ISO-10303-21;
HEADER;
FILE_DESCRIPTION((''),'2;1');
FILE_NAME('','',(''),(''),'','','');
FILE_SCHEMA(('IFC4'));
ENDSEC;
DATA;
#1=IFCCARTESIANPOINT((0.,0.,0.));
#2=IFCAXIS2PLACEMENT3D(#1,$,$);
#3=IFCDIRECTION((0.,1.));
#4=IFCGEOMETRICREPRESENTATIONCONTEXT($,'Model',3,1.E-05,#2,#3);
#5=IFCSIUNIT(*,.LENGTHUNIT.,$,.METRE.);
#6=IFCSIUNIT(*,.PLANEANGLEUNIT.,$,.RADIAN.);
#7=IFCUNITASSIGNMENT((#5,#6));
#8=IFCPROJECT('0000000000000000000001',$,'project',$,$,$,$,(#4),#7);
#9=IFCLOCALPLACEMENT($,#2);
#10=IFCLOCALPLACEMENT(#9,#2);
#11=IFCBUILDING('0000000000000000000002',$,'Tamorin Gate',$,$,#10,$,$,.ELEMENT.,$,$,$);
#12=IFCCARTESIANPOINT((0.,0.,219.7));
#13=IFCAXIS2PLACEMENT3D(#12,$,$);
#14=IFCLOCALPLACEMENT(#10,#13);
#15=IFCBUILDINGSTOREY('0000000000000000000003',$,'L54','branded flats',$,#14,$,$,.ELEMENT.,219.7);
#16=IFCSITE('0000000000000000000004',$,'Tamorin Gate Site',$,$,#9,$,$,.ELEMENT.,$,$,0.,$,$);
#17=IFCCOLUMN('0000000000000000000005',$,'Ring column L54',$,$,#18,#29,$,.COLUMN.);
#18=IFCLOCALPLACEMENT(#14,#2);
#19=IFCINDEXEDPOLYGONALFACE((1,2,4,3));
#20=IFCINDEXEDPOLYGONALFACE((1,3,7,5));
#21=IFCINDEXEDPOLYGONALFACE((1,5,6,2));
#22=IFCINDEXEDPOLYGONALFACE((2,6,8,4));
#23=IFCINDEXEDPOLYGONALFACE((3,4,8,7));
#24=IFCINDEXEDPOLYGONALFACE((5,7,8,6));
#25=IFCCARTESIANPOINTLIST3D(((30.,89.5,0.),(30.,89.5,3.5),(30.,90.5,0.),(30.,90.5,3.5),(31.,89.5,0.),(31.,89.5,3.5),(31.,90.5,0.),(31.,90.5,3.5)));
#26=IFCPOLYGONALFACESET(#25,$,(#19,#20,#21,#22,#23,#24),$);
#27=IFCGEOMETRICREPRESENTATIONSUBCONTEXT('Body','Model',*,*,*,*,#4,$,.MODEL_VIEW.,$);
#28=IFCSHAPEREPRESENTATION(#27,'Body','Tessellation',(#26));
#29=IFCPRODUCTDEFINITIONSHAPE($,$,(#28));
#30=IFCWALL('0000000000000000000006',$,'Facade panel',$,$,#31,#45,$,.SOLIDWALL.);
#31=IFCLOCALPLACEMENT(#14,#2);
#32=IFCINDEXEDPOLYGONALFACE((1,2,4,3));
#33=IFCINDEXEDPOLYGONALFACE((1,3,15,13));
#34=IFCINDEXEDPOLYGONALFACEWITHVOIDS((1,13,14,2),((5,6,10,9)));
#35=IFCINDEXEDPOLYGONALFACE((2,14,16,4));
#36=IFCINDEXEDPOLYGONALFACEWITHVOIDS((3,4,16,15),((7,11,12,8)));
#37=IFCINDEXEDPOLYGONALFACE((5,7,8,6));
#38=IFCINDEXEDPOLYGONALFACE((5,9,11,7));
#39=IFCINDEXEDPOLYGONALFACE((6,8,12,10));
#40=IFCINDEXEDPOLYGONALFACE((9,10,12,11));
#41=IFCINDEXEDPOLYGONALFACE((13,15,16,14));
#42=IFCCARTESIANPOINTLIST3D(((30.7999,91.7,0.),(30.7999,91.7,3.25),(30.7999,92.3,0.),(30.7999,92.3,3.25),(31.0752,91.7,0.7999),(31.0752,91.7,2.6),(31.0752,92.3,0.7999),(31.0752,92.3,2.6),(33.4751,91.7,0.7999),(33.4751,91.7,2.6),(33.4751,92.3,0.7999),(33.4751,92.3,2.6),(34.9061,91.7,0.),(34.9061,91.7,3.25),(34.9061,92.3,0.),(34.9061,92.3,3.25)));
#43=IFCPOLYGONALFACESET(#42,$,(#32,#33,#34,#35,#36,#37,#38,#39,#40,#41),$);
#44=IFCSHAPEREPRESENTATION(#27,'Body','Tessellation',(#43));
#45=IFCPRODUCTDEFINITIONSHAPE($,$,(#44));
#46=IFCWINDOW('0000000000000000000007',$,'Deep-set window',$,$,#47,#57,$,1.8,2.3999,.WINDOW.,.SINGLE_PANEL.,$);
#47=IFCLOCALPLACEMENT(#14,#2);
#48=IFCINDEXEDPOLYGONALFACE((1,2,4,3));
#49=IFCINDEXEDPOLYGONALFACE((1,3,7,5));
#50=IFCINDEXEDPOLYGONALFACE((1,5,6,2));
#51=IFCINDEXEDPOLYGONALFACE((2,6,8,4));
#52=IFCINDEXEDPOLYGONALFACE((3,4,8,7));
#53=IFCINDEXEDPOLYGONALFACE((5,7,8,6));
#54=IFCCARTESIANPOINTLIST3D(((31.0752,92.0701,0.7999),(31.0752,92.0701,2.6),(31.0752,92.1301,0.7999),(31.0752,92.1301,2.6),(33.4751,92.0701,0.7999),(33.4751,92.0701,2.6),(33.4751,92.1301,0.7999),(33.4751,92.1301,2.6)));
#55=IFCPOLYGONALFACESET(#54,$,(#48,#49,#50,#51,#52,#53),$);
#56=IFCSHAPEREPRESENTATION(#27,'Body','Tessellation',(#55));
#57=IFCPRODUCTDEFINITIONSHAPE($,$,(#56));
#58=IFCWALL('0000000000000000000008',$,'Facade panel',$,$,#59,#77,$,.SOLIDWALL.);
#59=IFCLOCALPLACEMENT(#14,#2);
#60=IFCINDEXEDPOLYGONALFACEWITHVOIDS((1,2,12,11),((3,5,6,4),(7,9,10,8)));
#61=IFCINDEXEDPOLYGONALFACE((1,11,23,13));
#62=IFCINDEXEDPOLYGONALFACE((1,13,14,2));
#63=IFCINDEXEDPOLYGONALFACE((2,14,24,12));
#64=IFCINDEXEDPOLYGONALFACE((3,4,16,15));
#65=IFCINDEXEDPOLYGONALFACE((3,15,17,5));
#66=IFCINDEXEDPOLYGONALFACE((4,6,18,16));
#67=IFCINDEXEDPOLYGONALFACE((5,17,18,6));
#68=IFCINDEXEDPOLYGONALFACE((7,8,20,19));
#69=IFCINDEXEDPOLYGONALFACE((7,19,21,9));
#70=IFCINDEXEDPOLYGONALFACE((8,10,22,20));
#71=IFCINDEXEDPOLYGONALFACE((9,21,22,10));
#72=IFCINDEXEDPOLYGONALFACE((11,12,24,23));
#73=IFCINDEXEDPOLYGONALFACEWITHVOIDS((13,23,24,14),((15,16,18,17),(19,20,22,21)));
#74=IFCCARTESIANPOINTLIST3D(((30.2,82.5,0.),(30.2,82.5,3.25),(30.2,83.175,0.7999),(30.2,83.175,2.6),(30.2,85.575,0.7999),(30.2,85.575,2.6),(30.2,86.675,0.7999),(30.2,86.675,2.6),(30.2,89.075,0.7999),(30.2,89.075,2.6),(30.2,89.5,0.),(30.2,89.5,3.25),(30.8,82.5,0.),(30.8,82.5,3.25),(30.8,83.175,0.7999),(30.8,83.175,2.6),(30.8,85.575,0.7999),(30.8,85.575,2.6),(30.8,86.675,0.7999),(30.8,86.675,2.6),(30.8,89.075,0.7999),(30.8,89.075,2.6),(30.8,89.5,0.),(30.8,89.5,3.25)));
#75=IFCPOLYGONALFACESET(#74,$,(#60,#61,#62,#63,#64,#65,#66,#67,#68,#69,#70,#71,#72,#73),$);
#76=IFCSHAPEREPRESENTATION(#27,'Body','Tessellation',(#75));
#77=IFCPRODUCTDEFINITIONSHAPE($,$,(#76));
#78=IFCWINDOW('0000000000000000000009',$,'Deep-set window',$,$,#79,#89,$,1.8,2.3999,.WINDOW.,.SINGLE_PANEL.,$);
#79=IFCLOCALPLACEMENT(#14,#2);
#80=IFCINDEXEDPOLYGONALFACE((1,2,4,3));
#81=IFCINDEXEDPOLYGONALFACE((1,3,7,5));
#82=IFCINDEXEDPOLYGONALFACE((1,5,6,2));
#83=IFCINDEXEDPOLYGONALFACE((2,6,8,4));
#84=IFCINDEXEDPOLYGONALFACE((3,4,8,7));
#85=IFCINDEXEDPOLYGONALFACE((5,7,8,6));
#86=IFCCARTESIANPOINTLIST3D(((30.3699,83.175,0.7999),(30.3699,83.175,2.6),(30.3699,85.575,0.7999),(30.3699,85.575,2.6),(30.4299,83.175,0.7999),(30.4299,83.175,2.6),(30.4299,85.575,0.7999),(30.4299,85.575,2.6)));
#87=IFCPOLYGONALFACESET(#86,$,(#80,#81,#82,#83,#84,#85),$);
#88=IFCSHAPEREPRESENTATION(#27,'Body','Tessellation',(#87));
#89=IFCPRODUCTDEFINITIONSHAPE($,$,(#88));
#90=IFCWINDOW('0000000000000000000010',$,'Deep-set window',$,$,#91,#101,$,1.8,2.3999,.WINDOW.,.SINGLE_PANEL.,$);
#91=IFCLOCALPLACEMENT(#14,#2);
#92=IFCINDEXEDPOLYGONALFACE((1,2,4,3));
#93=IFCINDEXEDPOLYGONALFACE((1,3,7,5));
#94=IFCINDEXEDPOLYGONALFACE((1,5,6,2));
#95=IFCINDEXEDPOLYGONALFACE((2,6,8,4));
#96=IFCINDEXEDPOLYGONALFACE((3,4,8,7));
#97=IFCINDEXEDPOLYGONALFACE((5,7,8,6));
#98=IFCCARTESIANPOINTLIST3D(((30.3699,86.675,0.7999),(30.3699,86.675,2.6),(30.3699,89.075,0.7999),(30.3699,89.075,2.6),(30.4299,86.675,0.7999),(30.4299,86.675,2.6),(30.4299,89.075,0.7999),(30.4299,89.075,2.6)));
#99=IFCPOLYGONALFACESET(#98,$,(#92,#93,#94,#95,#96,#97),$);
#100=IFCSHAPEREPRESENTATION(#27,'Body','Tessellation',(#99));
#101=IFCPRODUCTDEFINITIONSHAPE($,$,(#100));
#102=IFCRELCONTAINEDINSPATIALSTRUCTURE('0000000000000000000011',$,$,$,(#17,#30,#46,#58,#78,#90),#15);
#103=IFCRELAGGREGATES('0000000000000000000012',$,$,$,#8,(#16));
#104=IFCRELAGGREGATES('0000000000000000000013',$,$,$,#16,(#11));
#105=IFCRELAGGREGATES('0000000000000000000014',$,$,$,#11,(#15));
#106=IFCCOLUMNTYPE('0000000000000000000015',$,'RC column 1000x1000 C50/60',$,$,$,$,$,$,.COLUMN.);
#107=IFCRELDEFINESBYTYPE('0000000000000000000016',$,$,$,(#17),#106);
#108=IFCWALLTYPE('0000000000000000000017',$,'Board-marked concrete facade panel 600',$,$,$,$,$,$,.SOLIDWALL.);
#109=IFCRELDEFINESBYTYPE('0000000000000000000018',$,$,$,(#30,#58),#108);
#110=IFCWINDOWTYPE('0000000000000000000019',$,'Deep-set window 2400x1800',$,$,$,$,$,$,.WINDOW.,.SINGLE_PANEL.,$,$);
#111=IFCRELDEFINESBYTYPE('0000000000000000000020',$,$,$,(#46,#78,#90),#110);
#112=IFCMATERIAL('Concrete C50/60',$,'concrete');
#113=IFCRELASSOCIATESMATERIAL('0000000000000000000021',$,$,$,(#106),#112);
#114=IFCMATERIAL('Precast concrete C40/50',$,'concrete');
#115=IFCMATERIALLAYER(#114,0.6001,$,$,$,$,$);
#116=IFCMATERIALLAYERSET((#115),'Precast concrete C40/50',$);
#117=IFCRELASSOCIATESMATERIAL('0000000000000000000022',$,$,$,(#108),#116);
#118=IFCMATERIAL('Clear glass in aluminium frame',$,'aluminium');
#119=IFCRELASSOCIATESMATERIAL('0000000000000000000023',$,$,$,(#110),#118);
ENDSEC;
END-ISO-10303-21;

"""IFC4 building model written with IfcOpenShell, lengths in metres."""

from ifc_helpers import new_model, si_unit, direction, frame, frame_2d, origin, origin_2d, place, context, subcontext, project, spatial, rectangle, extrude, material, layer, layer_set, material_profile, profile_set, type_object, element, fill, save


model = new_model("IFC4")

# Units and contexts
model_context = context("Model", 3, precision=1e-05, world=origin(), true_north=direction((0.0, 1.0)))
body_context = subcontext(model_context, "Body", "Model", "MODEL_VIEW")
ifc_project = project(units=[si_unit("LENGTHUNIT", "METRE"), si_unit("PLANEANGLEUNIT", "RADIAN")], contexts=[model_context])

# Site, building, storey
site_placement = place(None, origin())
site = spatial("IfcSite", under=ifc_project, at=site_placement, Name="Tamorin Gate Site", CompositionType="ELEMENT", RefElevation=0.0)
building_placement = place(site_placement, origin())
building = spatial("IfcBuilding", under=site, at=building_placement, Name="Tamorin Gate", CompositionType="ELEMENT")
storey_placement = place(building_placement, frame((0.0, 0.0, 219.7)))
storey = spatial("IfcBuildingStorey", under=building, at=storey_placement, Name="L54", Description="branded flats", CompositionType="ELEMENT", Elevation=219.7)

# Column
ifc_material_1 = material(Name="Concrete C50/60", Category="concrete")
ifc_material_profile = material_profile(ifc_material_1, rectangle(XDim=1.0, YDim=1.0, at=origin_2d()), Name="RC 1000x1000")
ifc_profile_set = profile_set([ifc_material_profile], Name="Concrete C50/60")
column_type = type_object("IfcColumnType", Name="RC column 1000x1000 C50/60", PredefinedType="COLUMN", material=ifc_profile_set)
column_placement = place(storey_placement, frame((30.5, 90.0, 0.0), z_axis=(0.0, 0.0, 1.0), x_axis=(1.0, 0.0, 0.0)))
element("IfcColumn", 1, at=column_placement, inside=storey, type_object=column_type, Name="Ring column L54", PredefinedType="COLUMN", context=body_context, shape_type="SweptSolid", body=[
    extrude(rectangle(XDim=1.0, YDim=1.0, at=origin_2d()), origin(), (0.0, 0.0, 1.0), 3.5),
])

# Wall, opening, window
ifc_material_2 = material(Name="Precast concrete C40/50", Category="concrete")
ifc_layer_1 = layer(ifc_material_2, 0.6001)
ifc_layer_set_1 = layer_set([ifc_layer_1], Name="Precast concrete C40/50")
wall_type_1 = type_object("IfcWallType", Name="Board-marked concrete facade panel 600", PredefinedType="SOLIDWALL", material=ifc_layer_set_1)
wall_1_placement = place(storey_placement, frame((34.9062, 92.0, 0.0), z_axis=(0.0, 0.0, 1.0), x_axis=(-1.0, 0.0, 0.0)))
wall_1 = element("IfcWall", 2, at=wall_1_placement, inside=storey, type_object=wall_type_1, Name="Facade panel", PredefinedType="SOLIDWALL", context=body_context, shape_type="SweptSolid", body=[
    extrude(rectangle(XDim=4.1062, YDim=0.6001, at=frame_2d((2.0532, 0.0))), origin(), (0.0, 0.0, 1.0), 3.25),
])
opening_1_placement = place(wall_1_placement, frame((1.4312, 0.0, 0.8)))
opening_1 = element("IfcOpeningElement", 3, at=opening_1_placement, cuts=wall_1, PredefinedType="OPENING", context=body_context, shape_type="SweptSolid", body=[
    extrude(rectangle(XDim=2.3999, YDim=1.8, at=frame_2d((1.2, 0.8999))), frame((0.0, 0.3101, 0.0), z_axis=(0.0, -1.0, 0.0), x_axis=(1.0, 0.0, 0.0)), (0.0, 0.0, 1.0), 0.6201),
])
ifc_material_3 = material(Name="Clear glass in aluminium frame", Category="aluminium")
window_type = type_object("IfcWindowType", Name="Deep-set window 2400x1800", PartitioningType="SINGLE_PANEL", PredefinedType="WINDOW", material=ifc_material_3)
window_1_placement = place(opening_1_placement, origin())
window_1 = element("IfcWindow", 4, at=window_1_placement, inside=storey, type_object=window_type, Name="Deep-set window", OverallHeight=1.8, OverallWidth=2.3999, PartitioningType="SINGLE_PANEL", PredefinedType="WINDOW", context=body_context, shape_type="SweptSolid", body=[
    extrude(rectangle(XDim=2.3999, YDim=1.8, at=frame_2d((1.2, 0.8999))), frame((0.0, -0.0701, 0.0), z_axis=(0.0, -1.0, 0.0), x_axis=(1.0, 0.0, 0.0)), (0.0, 0.0, 1.0), 0.0601),
])
fill(opening_1, window_1)

# Wall, openings, windows
wall_2_placement = place(storey_placement, frame((30.5, 89.5, 0.0), z_axis=(0.0, 0.0, 1.0), x_axis=(0.0, -1.0, 0.0)))
wall_2 = element("IfcWall", 5, at=wall_2_placement, inside=storey, type_object=wall_type_1, Name="Facade panel", PredefinedType="SOLIDWALL", context=body_context, shape_type="SweptSolid", body=[
    extrude(rectangle(XDim=7.0, YDim=0.6001, at=frame_2d((3.5, 0.0))), origin(), (0.0, 0.0, 1.0), 3.25),
])
opening_2_placement = place(wall_2_placement, frame((3.925, 0.0, 0.8)))
opening_2 = element("IfcOpeningElement", 6, at=opening_2_placement, cuts=wall_2, PredefinedType="OPENING", context=body_context, shape_type="SweptSolid", body=[
    extrude(rectangle(XDim=2.3999, YDim=1.8, at=frame_2d((1.2, 0.8999))), frame((0.0, 0.3101, 0.0), z_axis=(0.0, -1.0, 0.0), x_axis=(1.0, 0.0, 0.0)), (0.0, 0.0, 1.0), 0.6201),
])
opening_3_placement = place(wall_2_placement, frame((0.425, 0.0, 0.8)))
opening_3 = element("IfcOpeningElement", 7, at=opening_3_placement, cuts=wall_2, PredefinedType="OPENING", context=body_context, shape_type="SweptSolid", body=[
    extrude(rectangle(XDim=2.3999, YDim=1.8, at=frame_2d((1.2, 0.8999))), frame((0.0, 0.3101, 0.0), z_axis=(0.0, -1.0, 0.0), x_axis=(1.0, 0.0, 0.0)), (0.0, 0.0, 1.0), 0.6201),
])
window_2_placement = place(opening_2_placement, origin())
window_2 = element("IfcWindow", 8, at=window_2_placement, inside=storey, type_object=window_type, Name="Deep-set window", OverallHeight=1.8, OverallWidth=2.3999, PartitioningType="SINGLE_PANEL", PredefinedType="WINDOW", context=body_context, shape_type="SweptSolid", body=[
    extrude(rectangle(XDim=2.3999, YDim=1.8, at=frame_2d((1.2, 0.8999))), frame((0.0, -0.0701, 0.0), z_axis=(0.0, -1.0, 0.0), x_axis=(1.0, 0.0, 0.0)), (0.0, 0.0, 1.0), 0.0601),
])
fill(opening_2, window_2)
window_3_placement = place(opening_3_placement, origin())
window_3 = element("IfcWindow", 9, at=window_3_placement, inside=storey, type_object=window_type, Name="Deep-set window", OverallHeight=1.8, OverallWidth=2.3999, PartitioningType="SINGLE_PANEL", PredefinedType="WINDOW", context=body_context, shape_type="SweptSolid", body=[
    extrude(rectangle(XDim=2.3999, YDim=1.8, at=frame_2d((1.2, 0.8999))), frame((0.0, -0.0701, 0.0), z_axis=(0.0, -1.0, 0.0), x_axis=(1.0, 0.0, 0.0)), (0.0, 0.0, 1.0), 0.0601),
])
fill(opening_3, window_3)

save(model, "model.ifc")
